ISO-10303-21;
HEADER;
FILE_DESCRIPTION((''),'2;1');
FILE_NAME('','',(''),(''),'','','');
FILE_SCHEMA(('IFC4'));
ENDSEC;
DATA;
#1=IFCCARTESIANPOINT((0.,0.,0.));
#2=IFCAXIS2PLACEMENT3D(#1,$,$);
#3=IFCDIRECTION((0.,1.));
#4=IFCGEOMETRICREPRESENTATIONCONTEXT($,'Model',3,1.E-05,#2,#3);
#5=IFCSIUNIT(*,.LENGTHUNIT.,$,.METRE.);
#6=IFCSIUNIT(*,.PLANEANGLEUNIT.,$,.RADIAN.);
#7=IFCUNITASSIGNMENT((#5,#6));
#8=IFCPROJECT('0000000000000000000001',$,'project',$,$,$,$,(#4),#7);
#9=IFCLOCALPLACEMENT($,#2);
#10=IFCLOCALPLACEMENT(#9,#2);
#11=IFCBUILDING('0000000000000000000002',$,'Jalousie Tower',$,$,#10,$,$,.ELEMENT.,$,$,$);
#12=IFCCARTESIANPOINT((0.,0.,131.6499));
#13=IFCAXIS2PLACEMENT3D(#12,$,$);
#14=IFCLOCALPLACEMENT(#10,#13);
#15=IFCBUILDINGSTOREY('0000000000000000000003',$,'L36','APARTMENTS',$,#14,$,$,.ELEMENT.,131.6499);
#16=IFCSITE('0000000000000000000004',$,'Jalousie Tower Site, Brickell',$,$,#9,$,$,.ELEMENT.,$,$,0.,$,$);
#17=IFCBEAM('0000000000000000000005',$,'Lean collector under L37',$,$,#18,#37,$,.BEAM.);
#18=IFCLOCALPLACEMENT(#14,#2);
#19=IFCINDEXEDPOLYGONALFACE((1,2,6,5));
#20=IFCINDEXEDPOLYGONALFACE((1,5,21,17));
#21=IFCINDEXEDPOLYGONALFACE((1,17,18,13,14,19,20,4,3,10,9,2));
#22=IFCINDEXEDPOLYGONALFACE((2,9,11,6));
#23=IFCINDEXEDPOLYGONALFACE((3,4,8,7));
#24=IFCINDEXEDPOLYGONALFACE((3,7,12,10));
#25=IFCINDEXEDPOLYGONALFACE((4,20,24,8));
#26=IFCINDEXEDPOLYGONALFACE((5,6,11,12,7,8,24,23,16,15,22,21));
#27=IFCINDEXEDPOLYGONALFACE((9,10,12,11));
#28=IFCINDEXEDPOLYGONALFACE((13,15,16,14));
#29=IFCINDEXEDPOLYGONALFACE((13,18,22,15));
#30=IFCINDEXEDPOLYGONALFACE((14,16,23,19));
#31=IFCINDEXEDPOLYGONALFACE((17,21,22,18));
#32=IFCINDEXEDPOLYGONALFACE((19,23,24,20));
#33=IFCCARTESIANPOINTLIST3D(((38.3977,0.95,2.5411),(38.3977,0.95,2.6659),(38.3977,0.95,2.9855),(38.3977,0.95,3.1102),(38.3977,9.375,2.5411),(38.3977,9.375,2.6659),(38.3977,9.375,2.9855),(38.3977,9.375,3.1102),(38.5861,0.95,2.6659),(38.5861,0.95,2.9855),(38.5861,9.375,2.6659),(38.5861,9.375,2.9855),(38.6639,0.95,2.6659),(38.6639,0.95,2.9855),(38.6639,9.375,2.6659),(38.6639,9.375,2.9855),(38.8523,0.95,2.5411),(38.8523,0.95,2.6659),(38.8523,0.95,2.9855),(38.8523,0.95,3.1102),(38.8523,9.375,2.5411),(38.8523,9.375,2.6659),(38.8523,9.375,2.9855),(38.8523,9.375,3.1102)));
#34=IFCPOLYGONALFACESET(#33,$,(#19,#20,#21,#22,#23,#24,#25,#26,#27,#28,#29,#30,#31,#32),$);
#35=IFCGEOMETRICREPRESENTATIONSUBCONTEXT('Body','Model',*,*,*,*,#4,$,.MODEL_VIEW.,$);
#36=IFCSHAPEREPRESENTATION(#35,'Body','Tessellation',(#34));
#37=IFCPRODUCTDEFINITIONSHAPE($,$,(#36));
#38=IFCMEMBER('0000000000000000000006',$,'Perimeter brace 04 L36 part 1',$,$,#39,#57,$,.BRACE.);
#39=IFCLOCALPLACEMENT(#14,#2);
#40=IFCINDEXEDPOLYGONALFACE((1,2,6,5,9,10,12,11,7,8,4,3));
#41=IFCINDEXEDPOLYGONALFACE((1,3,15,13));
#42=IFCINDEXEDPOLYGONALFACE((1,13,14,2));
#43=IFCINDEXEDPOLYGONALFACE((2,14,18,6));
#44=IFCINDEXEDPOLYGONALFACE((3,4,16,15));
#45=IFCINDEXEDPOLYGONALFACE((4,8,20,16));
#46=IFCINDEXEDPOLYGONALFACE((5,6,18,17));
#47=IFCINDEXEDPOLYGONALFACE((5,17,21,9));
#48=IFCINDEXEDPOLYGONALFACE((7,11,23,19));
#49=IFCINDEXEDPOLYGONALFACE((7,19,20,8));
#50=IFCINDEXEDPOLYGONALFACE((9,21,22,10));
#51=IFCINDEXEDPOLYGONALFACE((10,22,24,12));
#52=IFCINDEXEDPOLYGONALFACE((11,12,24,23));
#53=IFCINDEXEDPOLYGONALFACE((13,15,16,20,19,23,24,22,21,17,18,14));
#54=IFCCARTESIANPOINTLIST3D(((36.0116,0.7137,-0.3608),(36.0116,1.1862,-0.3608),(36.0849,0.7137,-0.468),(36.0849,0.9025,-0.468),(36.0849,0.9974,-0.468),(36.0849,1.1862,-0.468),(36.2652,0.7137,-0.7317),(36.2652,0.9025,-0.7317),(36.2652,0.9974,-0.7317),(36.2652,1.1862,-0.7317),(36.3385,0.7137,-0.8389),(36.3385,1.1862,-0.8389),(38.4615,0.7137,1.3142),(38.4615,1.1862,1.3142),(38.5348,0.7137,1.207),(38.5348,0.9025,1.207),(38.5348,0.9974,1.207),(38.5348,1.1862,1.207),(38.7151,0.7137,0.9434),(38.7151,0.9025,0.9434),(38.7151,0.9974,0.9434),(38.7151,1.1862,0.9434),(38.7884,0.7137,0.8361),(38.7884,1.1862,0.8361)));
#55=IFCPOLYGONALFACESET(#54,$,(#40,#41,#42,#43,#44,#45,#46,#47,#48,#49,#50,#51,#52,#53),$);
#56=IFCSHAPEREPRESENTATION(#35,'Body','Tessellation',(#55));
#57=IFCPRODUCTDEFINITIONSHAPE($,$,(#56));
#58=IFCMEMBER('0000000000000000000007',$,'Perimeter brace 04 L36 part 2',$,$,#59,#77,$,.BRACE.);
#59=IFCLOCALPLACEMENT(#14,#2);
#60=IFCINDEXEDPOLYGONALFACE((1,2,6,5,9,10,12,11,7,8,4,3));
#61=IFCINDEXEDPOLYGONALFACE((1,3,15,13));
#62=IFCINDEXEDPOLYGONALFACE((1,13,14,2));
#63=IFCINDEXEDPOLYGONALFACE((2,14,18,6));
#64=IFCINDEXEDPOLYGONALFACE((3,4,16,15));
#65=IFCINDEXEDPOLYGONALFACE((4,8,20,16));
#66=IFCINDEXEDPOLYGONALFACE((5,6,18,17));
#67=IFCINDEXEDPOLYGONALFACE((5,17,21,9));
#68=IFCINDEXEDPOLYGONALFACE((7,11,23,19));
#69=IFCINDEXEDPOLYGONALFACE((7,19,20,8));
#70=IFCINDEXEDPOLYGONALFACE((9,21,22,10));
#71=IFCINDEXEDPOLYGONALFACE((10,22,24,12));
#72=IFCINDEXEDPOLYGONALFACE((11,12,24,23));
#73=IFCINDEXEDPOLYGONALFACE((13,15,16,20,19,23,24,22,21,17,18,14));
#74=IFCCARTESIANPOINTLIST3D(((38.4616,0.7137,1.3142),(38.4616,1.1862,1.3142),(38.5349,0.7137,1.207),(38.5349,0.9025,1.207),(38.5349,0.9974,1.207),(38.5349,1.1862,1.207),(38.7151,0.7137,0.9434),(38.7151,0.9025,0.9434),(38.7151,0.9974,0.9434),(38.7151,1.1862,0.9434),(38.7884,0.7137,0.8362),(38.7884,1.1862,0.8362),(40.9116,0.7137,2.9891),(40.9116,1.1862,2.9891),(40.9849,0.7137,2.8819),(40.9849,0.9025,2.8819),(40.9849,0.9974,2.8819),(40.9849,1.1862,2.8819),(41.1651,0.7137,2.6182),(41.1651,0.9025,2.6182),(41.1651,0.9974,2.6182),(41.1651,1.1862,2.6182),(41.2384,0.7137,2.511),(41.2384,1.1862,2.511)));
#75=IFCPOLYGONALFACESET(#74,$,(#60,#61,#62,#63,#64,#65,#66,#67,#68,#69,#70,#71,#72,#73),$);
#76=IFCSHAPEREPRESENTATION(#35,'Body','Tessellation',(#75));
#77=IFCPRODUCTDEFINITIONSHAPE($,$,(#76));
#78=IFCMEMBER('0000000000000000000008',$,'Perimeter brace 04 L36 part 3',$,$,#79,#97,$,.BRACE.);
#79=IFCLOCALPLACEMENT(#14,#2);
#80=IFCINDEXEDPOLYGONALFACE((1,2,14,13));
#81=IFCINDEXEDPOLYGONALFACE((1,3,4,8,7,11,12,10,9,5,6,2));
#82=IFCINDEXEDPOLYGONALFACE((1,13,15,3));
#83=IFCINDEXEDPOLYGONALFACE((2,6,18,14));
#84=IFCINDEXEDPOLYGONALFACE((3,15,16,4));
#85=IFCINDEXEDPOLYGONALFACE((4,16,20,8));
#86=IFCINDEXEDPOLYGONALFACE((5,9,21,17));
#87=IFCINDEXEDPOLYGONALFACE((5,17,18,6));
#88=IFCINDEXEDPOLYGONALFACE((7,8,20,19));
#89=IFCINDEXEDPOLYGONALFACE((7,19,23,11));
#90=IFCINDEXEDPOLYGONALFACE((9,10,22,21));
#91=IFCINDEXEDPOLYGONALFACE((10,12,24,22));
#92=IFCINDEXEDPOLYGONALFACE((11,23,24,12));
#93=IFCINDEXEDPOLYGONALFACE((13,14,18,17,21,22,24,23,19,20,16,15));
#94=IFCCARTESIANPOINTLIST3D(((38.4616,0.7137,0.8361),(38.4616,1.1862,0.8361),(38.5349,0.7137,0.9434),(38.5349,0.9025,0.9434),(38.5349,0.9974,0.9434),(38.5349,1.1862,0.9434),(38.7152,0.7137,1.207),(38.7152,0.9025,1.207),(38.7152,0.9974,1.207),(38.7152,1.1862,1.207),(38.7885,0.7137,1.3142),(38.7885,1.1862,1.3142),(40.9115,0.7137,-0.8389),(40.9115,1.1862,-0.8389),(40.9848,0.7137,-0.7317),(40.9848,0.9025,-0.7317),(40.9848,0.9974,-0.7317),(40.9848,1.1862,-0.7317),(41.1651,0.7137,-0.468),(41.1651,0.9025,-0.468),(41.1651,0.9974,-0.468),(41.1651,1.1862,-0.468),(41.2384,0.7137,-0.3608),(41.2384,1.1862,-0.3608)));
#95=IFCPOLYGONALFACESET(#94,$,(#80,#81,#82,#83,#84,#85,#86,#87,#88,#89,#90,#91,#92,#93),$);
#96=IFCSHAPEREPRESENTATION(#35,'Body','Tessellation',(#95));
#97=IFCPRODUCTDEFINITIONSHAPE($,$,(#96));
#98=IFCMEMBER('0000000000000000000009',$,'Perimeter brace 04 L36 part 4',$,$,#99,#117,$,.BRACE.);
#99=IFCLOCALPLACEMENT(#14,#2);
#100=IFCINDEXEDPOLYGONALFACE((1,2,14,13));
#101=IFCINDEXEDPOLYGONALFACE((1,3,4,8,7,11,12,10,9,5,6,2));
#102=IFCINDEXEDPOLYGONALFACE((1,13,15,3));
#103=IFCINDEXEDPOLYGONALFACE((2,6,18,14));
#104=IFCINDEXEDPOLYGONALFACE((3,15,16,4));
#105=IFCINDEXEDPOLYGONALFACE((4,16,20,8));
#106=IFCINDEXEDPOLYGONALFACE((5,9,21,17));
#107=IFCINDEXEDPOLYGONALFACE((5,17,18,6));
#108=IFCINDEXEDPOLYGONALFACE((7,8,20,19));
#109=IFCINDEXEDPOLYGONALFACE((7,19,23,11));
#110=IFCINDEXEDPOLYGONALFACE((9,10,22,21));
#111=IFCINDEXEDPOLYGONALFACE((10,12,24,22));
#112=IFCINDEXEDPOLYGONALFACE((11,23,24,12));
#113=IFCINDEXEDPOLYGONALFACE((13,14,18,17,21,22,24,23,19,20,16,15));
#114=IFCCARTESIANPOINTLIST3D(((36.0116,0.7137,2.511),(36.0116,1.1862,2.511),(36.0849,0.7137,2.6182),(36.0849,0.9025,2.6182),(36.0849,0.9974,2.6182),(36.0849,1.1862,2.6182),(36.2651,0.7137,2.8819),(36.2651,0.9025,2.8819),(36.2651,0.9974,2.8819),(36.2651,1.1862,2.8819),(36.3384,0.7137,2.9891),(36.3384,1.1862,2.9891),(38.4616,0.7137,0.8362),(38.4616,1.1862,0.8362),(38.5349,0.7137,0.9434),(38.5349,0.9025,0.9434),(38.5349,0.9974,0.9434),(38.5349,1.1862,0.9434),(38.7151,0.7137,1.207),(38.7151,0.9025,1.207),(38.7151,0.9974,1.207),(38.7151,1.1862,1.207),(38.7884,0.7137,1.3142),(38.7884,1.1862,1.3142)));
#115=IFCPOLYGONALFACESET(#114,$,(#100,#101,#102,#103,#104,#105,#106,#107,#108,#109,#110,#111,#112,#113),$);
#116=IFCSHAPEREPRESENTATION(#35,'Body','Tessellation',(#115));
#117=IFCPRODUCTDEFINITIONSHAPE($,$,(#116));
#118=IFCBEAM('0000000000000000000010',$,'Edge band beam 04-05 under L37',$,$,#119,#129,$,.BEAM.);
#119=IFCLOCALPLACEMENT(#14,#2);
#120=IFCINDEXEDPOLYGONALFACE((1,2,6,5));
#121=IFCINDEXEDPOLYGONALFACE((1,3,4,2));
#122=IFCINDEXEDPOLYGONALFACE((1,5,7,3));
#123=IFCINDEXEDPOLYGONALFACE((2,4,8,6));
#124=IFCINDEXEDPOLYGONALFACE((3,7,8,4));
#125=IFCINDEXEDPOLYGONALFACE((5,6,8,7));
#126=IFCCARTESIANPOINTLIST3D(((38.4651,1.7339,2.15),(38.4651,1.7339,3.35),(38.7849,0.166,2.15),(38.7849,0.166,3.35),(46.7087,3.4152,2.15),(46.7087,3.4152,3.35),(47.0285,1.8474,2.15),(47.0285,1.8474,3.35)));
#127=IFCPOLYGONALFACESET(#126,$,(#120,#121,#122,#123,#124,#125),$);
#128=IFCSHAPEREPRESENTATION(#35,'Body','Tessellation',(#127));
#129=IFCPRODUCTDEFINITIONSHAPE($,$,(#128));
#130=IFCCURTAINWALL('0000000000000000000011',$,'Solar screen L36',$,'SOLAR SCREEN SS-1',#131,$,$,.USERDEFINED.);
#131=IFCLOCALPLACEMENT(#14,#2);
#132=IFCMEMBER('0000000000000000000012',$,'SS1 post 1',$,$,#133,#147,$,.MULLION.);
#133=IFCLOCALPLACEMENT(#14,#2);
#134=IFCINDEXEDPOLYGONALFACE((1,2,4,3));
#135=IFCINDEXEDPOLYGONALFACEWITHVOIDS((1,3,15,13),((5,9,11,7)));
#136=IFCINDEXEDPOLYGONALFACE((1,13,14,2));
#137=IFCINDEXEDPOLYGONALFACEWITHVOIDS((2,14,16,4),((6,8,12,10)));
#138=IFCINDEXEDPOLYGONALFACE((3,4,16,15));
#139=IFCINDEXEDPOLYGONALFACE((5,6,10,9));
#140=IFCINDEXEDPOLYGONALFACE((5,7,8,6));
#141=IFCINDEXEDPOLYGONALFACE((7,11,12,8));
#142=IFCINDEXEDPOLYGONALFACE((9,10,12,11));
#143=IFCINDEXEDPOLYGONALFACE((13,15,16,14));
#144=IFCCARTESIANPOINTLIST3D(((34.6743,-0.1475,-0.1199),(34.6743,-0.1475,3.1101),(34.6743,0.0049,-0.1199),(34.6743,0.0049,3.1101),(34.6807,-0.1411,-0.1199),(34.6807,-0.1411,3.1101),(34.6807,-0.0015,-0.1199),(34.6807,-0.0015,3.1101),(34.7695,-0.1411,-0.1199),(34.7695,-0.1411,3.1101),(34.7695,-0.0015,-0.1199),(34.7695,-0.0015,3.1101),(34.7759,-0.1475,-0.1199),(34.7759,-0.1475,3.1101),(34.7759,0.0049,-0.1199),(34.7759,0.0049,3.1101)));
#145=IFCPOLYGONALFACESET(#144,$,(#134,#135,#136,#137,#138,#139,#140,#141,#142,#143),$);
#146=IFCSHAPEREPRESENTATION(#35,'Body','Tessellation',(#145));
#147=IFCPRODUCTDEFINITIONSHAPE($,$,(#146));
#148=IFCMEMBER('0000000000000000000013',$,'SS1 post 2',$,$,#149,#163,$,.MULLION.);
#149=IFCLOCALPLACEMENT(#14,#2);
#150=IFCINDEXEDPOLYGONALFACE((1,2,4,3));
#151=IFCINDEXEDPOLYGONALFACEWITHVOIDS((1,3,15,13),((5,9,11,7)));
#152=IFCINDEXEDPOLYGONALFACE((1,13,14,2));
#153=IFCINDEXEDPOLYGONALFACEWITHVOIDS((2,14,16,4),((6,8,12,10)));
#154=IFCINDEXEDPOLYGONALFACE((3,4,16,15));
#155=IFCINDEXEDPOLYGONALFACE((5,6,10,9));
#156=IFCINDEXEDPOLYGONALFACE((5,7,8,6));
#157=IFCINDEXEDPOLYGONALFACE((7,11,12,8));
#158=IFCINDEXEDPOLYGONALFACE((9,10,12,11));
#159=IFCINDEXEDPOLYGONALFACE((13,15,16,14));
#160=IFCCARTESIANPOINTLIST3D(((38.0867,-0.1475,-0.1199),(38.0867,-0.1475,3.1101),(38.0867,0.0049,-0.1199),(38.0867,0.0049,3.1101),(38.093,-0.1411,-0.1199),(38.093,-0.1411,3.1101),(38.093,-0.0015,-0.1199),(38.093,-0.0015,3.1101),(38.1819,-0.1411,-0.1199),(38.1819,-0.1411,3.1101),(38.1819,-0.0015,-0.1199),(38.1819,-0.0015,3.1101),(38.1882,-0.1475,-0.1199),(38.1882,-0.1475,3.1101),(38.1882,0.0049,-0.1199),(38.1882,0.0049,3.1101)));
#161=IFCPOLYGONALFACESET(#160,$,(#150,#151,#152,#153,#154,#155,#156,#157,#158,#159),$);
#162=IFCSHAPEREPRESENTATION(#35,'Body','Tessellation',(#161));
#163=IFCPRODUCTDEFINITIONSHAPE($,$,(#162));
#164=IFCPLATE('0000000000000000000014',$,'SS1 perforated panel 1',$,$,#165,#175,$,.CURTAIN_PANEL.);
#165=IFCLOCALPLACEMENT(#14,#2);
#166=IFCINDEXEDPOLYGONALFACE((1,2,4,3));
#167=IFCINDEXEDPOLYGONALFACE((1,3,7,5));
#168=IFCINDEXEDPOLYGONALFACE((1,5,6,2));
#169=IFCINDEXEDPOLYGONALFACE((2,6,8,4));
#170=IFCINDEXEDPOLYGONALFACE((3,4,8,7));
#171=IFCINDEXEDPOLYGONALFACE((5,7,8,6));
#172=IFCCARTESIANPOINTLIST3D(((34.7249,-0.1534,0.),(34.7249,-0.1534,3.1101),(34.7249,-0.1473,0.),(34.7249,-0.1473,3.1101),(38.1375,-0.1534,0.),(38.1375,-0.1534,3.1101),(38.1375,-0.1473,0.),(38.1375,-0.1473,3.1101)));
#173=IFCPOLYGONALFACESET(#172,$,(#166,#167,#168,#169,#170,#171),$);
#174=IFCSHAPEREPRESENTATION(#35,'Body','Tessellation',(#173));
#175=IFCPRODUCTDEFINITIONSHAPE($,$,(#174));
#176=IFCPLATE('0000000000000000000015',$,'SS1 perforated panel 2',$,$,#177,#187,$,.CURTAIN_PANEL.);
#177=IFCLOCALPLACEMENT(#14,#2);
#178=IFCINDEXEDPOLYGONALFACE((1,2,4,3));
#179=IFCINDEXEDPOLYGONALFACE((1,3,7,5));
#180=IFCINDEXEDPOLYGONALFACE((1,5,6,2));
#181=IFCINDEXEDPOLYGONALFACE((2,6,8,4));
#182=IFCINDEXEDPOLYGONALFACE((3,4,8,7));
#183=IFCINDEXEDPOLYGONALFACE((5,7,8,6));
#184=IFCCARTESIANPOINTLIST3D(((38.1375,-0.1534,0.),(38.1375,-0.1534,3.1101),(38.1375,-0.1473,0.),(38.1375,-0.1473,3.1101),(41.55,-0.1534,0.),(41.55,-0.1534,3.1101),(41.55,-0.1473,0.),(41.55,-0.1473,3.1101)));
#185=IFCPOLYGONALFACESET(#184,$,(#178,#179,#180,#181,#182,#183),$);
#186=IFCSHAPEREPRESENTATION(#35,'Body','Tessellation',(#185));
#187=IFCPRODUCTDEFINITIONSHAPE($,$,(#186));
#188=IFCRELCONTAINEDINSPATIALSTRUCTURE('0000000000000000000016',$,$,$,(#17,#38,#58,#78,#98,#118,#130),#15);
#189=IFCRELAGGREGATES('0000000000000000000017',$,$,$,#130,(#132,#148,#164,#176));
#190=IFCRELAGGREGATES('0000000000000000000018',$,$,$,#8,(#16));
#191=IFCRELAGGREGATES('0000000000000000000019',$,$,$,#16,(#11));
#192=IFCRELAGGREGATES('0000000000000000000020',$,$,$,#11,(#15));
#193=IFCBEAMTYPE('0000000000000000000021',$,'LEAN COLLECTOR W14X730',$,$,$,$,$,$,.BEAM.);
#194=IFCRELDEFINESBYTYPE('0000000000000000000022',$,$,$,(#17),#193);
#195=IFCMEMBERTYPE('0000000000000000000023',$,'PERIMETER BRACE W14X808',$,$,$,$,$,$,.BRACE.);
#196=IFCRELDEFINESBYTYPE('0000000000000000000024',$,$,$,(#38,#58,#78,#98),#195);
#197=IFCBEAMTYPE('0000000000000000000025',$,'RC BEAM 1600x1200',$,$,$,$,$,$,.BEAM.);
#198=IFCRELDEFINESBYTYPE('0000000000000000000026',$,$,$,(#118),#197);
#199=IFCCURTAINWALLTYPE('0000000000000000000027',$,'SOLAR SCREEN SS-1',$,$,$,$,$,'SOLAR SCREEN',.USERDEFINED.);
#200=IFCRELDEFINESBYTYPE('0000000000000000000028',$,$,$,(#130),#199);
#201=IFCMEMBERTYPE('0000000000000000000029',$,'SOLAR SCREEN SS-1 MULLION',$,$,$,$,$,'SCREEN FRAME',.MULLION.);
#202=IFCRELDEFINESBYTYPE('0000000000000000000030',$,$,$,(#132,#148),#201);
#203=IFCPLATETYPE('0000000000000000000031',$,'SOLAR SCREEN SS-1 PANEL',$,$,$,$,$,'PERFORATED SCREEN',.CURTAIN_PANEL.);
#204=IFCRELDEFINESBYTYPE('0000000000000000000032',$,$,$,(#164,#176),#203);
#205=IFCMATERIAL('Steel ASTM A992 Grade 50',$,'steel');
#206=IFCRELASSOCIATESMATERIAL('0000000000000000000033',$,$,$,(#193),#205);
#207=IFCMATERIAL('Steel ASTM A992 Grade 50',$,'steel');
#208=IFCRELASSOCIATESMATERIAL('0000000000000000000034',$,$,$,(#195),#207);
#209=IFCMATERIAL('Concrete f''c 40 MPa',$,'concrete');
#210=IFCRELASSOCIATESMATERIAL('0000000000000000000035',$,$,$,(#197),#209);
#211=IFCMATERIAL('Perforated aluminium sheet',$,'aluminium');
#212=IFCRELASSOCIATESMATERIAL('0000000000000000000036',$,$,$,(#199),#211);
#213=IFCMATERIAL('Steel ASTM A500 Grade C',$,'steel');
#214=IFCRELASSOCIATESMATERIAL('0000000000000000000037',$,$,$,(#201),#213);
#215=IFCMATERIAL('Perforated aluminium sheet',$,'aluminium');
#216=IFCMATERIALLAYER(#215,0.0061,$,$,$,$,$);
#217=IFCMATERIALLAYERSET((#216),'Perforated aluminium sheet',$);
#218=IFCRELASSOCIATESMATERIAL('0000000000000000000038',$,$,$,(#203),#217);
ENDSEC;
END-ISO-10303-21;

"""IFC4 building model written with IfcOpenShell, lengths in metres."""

from ifc_helpers import new_model, si_unit, direction, frame, origin, origin_2d, place, context, subcontext, project, spatial, rectangle, hollow_rectangle, i_section, extrude, material, layer, layer_set, material_profile, profile_set, type_object, element, aggregate, save


model = new_model("IFC4")

# Units and contexts
model_context = context("Model", 3, precision=1e-05, world=origin(), true_north=direction((0.0, 1.0)))
body_context = subcontext(model_context, "Body", "Model", "MODEL_VIEW")
ifc_project = project(units=[si_unit("LENGTHUNIT", "METRE"), si_unit("PLANEANGLEUNIT", "RADIAN")], contexts=[model_context])

# Site, building, storey
site_placement = place(None, origin())
site = spatial("IfcSite", under=ifc_project, at=site_placement, Name="Jalousie Tower Site, Brickell", CompositionType="ELEMENT", RefElevation=0.0)
building_placement = place(site_placement, origin())
building = spatial("IfcBuilding", under=site, at=building_placement, Name="Jalousie Tower", CompositionType="ELEMENT")
storey_placement = place(building_placement, frame((0.0, 0.0, 131.6499)))
storey = spatial("IfcBuildingStorey", under=building, at=storey_placement, Name="L36", Description="APARTMENTS", CompositionType="ELEMENT", Elevation=131.6499)

# Beam
ifc_material_1 = material(Name="Steel ASTM A992 Grade 50", Category="steel")
ifc_material_profile_1 = material_profile(ifc_material_1, i_section(OverallWidth=0.4546, OverallDepth=0.5691, WebThickness=0.0779, FlangeThickness=0.1248, at=origin_2d()), Name="W14X730")
ifc_profile_set_1 = profile_set([ifc_material_profile_1], Name="Steel ASTM A992 Grade 50")
beam_type_1 = type_object("IfcBeamType", Name="LEAN COLLECTOR W14X730", PredefinedType="BEAM", material=ifc_profile_set_1)
beam_1_placement = place(storey_placement, frame((38.625, 0.95, 2.8257), z_axis=(0.0, 1.0, 0.0), x_axis=(-1.0, 0.0, 0.0)))
element("IfcBeam", 1, at=beam_1_placement, inside=storey, type_object=beam_type_1, Name="Lean collector under L37", PredefinedType="BEAM", context=body_context, shape_type="SweptSolid", body=[
    extrude(i_section(OverallWidth=0.4546, OverallDepth=0.5691, WebThickness=0.0779, FlangeThickness=0.1248, at=origin_2d()), origin(), (0.0, 0.0, 1.0), 8.425),
])

# Members
ifc_material_2 = material(Name="Steel ASTM A992 Grade 50", Category="steel")
ifc_material_profile_2 = material_profile(ifc_material_2, i_section(OverallWidth=0.4724, OverallDepth=0.5791, WebThickness=0.095, FlangeThickness=0.1299, at=origin_2d()), Name="W14X808")
ifc_profile_set_2 = profile_set([ifc_material_profile_2], Name="Steel ASTM A992 Grade 50")
member_type_1 = type_object("IfcMemberType", Name="PERIMETER BRACE W14X808", PredefinedType="BRACE", material=ifc_profile_set_2)
for number, where, z_axis, x_axis, name in (
    (2, (36.175, 0.95, -0.5999), (0.825501, 0.0, 0.564401), (0.0, 1.0, 0.0), "Perimeter brace 04 L36 part 1"),
    (3, (38.625, 0.95, 1.0752), (0.825539, 0.0, 0.564345), (0.0, 1.0, 0.0), "Perimeter brace 04 L36 part 2"),
    (4, (41.075, 0.95, -0.5999), (-0.825501, 0.0, 0.564401), (0.0, -1.0, 0.0), "Perimeter brace 04 L36 part 3"),
    (5, (38.625, 0.95, 1.0752), (-0.825539, 0.0, 0.564345), (0.0, -1.0, 0.0), "Perimeter brace 04 L36 part 4"),
):
    element("IfcMember", number, at=place(storey_placement, frame(where, z_axis=z_axis, x_axis=x_axis)), inside=storey, type_object=member_type_1, Name=name, PredefinedType="BRACE", context=body_context, shape_type="SweptSolid", body=[
        extrude(i_section(OverallWidth=0.4724, OverallDepth=0.5791, WebThickness=0.095, FlangeThickness=0.1299, at=origin_2d()), origin(), (0.0, 0.0, 1.0), 2.9678),
    ])

# Beam
ifc_material_3 = material(Name="Concrete f'c 40 MPa", Category="concrete")
ifc_material_profile_3 = material_profile(ifc_material_3, rectangle(XDim=1.6001, YDim=1.2, at=origin_2d()), Name="RC 1600x1200")
ifc_profile_set_3 = profile_set([ifc_material_profile_3], Name="Concrete f'c 40 MPa")
beam_type_2 = type_object("IfcBeamType", Name="RC BEAM 1600x1200", PredefinedType="BEAM", material=ifc_profile_set_3)
beam_2_placement = place(storey_placement, frame((38.625, 0.95, 2.75), z_axis=(0.979827, 0.199848, 0.0), x_axis=(-0.199848, 0.979827, 0.0)))
element("IfcBeam", 6, at=beam_2_placement, inside=storey, type_object=beam_type_2, Name="Edge band beam 04-05 under L37", PredefinedType="BEAM", context=body_context, shape_type="SweptSolid", body=[
    extrude(rectangle(XDim=1.6001, YDim=1.2, at=origin_2d()), origin(), (0.0, 0.0, 1.0), 8.4133),
])

# Curtain wall, members, plates
ifc_material_4 = material(Name="Perforated aluminium sheet", Category="aluminium")
curtain_wall_type = type_object("IfcCurtainWallType", Name="SOLAR SCREEN SS-1", ElementType="SOLAR SCREEN", PredefinedType="USERDEFINED", material=ifc_material_4)
curtain_wall_placement = place(storey_placement, origin())
curtain_wall = element("IfcCurtainWall", 7, at=curtain_wall_placement, inside=storey, type_object=curtain_wall_type, Name="Solar screen L36", ObjectType="SOLAR SCREEN SS-1", PredefinedType="USERDEFINED")
ifc_material_5 = material(Name="Steel ASTM A500 Grade C", Category="steel")
ifc_material_profile_4 = material_profile(ifc_material_5, hollow_rectangle(XDim=0.1016, YDim=0.1523, WallThickness=0.0063, at=origin_2d()), Name="HSS6X4X1/4")
ifc_profile_set_4 = profile_set([ifc_material_profile_4], Name="Steel ASTM A500 Grade C")
member_type_2 = type_object("IfcMemberType", Name="SOLAR SCREEN SS-1 MULLION", ElementType="SCREEN FRAME", PredefinedType="MULLION", material=ifc_profile_set_4)
member_1_placement = place(storey_placement, frame((34.7251, -0.0713, -0.1199), z_axis=(0.0, 0.0, 1.0), x_axis=(1.0, 0.0, 0.0)))
member_1 = element("IfcMember", 8, at=member_1_placement, type_object=member_type_2, Name="SS1 post 1", PredefinedType="MULLION", context=body_context, shape_type="SweptSolid", body=[
    extrude(hollow_rectangle(XDim=0.1016, YDim=0.1523, WallThickness=0.0063, at=origin_2d()), origin(), (0.0, 0.0, 1.0), 3.23),
])
member_2_placement = place(storey_placement, frame((38.1375, -0.0713, -0.1199), z_axis=(0.0, 0.0, 1.0), x_axis=(1.0, 0.0, 0.0)))
member_2 = element("IfcMember", 9, at=member_2_placement, type_object=member_type_2, Name="SS1 post 2", PredefinedType="MULLION", context=body_context, shape_type="SweptSolid", body=[
    extrude(hollow_rectangle(XDim=0.1016, YDim=0.1523, WallThickness=0.0063, at=origin_2d()), origin(), (0.0, 0.0, 1.0), 3.23),
])
ifc_material_6 = material(Name="Perforated aluminium sheet", Category="aluminium")
ifc_layer_1 = layer(ifc_material_6, 0.0061)
ifc_layer_set_1 = layer_set([ifc_layer_1], Name="Perforated aluminium sheet")
plate_type = type_object("IfcPlateType", Name="SOLAR SCREEN SS-1 PANEL", ElementType="PERFORATED SCREEN", PredefinedType="CURTAIN_PANEL", material=ifc_layer_set_1)
plate_1_placement = place(storey_placement, frame((36.4312, -0.1504, 0.0), z_axis=(0.0, 0.0, 1.0), x_axis=(1.0, 0.0, 0.0)))
plate_1 = element("IfcPlate", 10, at=plate_1_placement, type_object=plate_type, Name="SS1 perforated panel 1", PredefinedType="CURTAIN_PANEL", context=body_context, shape_type="SweptSolid", body=[
    extrude(rectangle(XDim=3.4126, YDim=0.0061, at=origin_2d()), origin(), (0.0, 0.0, 1.0), 3.1101),
])
plate_2_placement = place(storey_placement, frame((39.8438, -0.1504, 0.0), z_axis=(0.0, 0.0, 1.0), x_axis=(1.0, 0.0, 0.0)))
plate_2 = element("IfcPlate", 11, at=plate_2_placement, type_object=plate_type, Name="SS1 perforated panel 2", PredefinedType="CURTAIN_PANEL", context=body_context, shape_type="SweptSolid", body=[
    extrude(rectangle(XDim=3.4126, YDim=0.0061, at=origin_2d()), origin(), (0.0, 0.0, 1.0), 3.1101),
])
aggregate(curtain_wall, [member_1, member_2, plate_1, plate_2])

save(model, "model.ifc")
